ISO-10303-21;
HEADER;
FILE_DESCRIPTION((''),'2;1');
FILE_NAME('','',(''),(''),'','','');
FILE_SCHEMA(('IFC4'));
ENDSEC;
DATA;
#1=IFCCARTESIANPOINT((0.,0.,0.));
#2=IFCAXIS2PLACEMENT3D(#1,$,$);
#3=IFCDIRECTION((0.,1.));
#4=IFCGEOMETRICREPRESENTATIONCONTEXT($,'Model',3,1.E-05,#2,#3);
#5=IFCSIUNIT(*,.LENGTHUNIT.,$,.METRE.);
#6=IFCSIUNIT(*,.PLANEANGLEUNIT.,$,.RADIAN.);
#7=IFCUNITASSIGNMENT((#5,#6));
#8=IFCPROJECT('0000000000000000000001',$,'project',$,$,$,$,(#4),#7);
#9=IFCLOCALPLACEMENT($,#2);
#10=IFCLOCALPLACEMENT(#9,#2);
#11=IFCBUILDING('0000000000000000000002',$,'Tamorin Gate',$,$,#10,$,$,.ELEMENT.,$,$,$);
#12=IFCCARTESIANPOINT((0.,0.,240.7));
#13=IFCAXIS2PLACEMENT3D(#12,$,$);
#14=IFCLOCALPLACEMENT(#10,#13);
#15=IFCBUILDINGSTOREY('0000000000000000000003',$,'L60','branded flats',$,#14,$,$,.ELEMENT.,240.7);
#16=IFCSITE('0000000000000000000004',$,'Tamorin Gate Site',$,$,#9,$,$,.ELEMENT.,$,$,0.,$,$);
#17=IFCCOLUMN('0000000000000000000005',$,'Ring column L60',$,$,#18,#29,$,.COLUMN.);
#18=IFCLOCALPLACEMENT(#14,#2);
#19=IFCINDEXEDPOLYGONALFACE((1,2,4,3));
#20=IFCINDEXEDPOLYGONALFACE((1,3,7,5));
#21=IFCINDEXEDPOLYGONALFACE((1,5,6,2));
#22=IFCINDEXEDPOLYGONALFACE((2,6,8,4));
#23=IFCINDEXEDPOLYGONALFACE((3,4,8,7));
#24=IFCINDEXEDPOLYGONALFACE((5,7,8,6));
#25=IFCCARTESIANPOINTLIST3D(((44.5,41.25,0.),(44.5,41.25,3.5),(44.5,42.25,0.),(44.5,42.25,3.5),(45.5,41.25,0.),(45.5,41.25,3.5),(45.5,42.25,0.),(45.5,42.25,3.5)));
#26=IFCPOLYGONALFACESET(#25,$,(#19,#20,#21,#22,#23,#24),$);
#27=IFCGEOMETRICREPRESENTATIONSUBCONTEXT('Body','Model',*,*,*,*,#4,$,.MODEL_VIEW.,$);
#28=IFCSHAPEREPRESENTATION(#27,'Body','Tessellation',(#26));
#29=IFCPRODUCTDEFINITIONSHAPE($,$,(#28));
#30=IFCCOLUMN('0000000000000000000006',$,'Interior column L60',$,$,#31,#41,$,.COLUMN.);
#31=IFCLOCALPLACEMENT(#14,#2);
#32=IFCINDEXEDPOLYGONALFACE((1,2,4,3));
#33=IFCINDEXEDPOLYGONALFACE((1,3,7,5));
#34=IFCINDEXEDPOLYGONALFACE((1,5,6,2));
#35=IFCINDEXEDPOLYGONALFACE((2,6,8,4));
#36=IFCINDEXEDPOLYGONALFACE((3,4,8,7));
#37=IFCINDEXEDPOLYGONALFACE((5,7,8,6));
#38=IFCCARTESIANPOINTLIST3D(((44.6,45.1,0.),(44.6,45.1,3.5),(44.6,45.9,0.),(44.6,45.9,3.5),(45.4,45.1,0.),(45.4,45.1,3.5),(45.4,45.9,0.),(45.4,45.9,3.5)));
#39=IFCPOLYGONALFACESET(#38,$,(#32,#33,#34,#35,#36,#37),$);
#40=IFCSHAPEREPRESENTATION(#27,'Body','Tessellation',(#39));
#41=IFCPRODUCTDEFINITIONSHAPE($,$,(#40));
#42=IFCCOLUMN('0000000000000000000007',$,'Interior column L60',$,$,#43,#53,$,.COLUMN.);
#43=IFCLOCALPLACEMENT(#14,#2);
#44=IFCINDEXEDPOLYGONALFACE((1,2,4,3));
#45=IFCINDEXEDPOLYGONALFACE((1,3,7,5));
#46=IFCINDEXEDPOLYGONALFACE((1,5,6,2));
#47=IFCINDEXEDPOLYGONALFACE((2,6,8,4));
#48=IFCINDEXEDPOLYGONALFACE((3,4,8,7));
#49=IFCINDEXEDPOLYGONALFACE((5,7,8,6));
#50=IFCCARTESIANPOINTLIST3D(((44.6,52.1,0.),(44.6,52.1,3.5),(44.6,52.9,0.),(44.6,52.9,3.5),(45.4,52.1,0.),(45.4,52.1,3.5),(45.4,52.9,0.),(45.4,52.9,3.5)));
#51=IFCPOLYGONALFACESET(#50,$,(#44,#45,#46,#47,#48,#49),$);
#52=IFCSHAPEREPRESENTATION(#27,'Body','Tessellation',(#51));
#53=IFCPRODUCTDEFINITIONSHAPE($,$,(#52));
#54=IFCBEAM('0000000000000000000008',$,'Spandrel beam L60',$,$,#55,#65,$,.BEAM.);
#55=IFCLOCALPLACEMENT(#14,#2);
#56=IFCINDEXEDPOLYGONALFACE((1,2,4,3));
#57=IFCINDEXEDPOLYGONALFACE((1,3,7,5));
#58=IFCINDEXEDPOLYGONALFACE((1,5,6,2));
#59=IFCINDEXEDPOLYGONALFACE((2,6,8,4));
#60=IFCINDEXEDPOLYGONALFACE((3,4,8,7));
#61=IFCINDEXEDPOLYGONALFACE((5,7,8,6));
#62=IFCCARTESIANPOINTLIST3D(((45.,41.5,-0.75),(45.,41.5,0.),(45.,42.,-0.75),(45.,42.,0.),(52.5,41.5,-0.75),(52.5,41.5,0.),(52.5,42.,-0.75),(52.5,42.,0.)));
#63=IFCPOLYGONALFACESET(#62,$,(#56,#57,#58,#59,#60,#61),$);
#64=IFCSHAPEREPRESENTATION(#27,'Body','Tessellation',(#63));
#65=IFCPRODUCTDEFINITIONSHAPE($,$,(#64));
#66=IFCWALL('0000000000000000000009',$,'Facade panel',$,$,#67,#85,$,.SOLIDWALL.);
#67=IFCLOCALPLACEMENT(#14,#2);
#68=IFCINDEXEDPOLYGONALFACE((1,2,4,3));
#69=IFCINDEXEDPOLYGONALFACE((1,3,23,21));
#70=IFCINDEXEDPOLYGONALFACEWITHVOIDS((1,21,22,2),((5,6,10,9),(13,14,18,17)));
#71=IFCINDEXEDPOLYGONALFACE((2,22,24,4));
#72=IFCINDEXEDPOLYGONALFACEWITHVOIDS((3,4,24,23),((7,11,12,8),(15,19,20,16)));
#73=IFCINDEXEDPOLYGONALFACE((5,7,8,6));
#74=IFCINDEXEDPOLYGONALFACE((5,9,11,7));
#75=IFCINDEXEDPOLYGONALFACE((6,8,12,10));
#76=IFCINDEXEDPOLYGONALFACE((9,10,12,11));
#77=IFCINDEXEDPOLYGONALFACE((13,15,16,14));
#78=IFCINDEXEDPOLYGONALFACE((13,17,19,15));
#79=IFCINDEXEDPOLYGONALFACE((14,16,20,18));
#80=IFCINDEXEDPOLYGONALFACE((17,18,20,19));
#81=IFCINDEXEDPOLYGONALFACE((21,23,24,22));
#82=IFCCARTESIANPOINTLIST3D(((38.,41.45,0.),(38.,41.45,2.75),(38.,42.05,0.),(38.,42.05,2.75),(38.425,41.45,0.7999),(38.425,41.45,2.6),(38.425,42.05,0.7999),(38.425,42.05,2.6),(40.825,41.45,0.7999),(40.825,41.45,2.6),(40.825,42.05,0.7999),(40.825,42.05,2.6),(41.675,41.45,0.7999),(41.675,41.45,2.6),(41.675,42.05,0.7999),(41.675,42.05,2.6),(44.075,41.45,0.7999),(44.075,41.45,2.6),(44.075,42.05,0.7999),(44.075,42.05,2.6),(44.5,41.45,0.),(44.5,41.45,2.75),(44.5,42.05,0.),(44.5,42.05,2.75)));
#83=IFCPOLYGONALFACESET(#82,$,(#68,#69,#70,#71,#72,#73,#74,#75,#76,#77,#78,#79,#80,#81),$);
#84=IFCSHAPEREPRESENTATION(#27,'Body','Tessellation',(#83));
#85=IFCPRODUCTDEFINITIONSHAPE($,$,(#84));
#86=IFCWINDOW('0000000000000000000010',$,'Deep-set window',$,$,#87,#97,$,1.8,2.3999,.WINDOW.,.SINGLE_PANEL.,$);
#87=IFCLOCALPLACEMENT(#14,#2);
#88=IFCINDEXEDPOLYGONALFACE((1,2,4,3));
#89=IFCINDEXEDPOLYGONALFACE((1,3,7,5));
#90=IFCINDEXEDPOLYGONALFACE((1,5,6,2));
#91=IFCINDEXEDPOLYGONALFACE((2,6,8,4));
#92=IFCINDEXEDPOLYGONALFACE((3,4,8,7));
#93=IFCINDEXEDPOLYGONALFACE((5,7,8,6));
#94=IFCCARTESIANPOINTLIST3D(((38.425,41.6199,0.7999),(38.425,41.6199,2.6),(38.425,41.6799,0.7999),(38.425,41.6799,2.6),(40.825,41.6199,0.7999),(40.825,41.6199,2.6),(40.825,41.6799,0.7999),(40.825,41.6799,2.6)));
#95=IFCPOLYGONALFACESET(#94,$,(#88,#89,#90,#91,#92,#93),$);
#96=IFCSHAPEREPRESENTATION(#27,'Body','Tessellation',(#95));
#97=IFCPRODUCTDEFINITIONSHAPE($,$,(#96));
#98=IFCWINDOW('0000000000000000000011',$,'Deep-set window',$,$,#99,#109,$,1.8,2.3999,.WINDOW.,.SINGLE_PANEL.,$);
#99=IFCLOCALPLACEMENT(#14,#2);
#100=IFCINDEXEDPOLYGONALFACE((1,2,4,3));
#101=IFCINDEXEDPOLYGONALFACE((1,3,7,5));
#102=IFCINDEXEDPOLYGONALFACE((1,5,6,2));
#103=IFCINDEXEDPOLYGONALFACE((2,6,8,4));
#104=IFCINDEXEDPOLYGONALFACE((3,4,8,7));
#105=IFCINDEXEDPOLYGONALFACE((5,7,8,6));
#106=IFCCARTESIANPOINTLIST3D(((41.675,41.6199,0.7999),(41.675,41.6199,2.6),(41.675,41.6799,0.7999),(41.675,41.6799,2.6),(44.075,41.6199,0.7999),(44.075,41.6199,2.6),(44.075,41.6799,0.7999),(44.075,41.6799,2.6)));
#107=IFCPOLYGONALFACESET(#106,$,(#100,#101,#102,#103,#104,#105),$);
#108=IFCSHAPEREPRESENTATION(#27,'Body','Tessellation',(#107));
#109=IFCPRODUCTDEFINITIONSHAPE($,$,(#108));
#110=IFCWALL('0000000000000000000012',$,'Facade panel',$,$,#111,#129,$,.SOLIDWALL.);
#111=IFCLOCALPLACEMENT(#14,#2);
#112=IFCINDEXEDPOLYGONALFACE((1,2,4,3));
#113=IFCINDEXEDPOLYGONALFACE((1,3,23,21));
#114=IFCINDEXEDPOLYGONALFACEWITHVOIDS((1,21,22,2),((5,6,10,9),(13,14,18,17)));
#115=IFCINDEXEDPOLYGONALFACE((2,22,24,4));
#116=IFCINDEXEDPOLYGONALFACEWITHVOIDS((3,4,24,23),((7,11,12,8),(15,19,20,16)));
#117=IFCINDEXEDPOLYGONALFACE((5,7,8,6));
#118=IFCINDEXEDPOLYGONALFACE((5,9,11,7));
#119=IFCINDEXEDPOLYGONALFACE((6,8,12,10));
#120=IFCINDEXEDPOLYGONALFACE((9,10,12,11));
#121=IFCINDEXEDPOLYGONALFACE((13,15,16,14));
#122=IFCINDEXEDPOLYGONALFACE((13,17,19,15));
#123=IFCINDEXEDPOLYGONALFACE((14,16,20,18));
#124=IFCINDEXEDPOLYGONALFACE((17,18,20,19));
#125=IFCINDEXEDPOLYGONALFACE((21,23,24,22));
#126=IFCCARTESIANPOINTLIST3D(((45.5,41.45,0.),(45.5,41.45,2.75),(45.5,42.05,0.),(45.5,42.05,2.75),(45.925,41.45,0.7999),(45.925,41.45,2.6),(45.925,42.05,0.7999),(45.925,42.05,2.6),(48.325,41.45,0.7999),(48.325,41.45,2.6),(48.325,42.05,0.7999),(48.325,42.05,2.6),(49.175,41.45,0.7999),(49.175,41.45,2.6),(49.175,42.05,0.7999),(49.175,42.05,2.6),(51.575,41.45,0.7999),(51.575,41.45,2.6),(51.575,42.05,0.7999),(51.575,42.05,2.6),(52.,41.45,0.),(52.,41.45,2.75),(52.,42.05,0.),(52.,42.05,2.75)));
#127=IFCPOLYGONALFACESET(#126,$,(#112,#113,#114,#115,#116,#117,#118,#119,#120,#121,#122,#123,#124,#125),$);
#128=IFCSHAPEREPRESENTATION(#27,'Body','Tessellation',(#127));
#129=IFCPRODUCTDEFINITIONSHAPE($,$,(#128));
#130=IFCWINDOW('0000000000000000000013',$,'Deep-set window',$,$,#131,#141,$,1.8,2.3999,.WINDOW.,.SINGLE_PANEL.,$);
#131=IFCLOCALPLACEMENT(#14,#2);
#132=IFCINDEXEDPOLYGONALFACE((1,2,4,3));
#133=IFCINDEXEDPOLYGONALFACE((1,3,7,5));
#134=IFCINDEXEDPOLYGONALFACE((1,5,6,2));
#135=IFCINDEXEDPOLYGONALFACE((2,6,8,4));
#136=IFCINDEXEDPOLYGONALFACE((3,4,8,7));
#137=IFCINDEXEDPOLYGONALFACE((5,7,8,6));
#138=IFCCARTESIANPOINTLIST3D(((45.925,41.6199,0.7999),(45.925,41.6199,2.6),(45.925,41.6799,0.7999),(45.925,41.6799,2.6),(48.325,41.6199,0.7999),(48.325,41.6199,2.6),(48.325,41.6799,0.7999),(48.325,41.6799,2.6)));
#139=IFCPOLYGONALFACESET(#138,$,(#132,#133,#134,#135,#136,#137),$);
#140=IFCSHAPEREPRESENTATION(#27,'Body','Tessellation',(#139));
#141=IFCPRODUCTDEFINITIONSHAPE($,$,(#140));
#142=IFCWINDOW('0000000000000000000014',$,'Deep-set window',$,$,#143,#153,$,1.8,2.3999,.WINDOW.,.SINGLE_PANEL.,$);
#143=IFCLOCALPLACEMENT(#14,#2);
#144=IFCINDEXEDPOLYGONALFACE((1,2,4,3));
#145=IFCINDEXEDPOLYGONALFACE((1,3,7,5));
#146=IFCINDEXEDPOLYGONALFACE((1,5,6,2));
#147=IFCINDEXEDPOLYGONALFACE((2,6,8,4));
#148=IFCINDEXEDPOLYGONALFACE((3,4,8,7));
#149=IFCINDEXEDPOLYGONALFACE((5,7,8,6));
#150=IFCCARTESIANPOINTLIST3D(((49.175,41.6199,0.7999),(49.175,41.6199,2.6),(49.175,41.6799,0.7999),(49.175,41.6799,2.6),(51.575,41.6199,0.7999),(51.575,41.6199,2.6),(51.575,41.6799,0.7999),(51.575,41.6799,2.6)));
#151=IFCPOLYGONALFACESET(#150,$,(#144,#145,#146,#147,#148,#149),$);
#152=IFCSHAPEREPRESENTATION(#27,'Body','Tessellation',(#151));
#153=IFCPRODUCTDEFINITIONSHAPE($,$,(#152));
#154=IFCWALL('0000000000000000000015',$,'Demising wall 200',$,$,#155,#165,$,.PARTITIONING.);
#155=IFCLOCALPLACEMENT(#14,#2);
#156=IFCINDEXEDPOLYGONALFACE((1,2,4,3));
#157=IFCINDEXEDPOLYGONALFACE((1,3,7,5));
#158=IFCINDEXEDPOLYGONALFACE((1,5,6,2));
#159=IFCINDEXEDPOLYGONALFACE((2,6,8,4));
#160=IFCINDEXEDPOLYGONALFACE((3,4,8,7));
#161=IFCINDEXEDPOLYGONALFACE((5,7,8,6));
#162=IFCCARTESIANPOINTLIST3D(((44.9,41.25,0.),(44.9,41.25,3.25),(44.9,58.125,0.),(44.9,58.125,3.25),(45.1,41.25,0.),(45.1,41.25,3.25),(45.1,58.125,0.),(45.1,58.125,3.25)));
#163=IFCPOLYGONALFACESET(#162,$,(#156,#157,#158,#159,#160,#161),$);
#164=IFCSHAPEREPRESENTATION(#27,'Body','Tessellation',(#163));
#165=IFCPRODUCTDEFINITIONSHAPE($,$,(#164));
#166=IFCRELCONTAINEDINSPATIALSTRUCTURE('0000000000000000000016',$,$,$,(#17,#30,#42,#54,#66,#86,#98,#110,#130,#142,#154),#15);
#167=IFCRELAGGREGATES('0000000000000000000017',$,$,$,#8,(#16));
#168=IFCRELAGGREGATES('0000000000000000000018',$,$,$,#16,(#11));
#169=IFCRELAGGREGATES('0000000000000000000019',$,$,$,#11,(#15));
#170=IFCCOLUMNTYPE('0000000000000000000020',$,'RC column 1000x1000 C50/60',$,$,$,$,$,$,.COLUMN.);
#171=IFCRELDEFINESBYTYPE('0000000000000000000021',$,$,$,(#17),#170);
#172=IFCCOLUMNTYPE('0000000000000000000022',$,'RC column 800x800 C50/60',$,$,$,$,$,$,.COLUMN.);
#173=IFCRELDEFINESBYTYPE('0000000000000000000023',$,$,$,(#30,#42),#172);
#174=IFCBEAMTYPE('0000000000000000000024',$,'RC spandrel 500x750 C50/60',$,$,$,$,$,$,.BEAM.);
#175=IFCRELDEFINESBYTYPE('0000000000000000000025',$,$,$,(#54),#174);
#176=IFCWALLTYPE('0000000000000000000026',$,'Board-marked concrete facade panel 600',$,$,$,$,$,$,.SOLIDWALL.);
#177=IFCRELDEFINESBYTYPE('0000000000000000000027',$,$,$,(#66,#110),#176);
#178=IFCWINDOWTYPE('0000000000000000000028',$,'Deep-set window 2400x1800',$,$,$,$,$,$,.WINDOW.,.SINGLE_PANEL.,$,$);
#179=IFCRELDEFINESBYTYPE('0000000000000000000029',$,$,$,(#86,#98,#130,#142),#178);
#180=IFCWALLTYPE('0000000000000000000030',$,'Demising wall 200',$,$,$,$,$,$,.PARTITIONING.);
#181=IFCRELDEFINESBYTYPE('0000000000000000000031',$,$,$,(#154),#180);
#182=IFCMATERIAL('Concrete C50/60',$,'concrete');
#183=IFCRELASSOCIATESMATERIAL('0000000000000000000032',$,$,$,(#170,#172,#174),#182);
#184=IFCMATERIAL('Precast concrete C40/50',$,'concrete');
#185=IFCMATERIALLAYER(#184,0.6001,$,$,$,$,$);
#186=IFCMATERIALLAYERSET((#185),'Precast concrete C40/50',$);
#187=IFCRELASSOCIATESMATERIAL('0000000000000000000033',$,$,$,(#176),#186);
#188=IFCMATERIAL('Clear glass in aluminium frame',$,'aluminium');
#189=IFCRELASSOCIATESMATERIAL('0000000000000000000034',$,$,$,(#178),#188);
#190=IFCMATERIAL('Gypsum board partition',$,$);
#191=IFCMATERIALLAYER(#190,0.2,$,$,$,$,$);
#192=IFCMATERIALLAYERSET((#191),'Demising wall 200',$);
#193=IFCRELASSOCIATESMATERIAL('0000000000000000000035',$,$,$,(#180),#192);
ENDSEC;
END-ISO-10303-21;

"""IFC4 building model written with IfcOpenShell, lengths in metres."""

from ifc_helpers import new_model, si_unit, direction, frame, frame_2d, origin, origin_2d, place, context, subcontext, project, spatial, rectangle, extrude, material, layer, layer_set, material_profile, profile_set, type_object, element, fill, save


model = new_model("IFC4")

# Units and contexts
model_context = context("Model", 3, precision=1e-05, world=origin(), true_north=direction((0.0, 1.0)))
body_context = subcontext(model_context, "Body", "Model", "MODEL_VIEW")
ifc_project = project(units=[si_unit("LENGTHUNIT", "METRE"), si_unit("PLANEANGLEUNIT", "RADIAN")], contexts=[model_context])

# Site, building, storey
site_placement = place(None, origin())
site = spatial("IfcSite", under=ifc_project, at=site_placement, Name="Tamorin Gate Site", CompositionType="ELEMENT", RefElevation=0.0)
building_placement = place(site_placement, origin())
building = spatial("IfcBuilding", under=site, at=building_placement, Name="Tamorin Gate", CompositionType="ELEMENT")
storey_placement = place(building_placement, frame((0.0, 0.0, 240.7)))
storey = spatial("IfcBuildingStorey", under=building, at=storey_placement, Name="L60", Description="branded flats", CompositionType="ELEMENT", Elevation=240.7)

# Columns
ifc_material_1 = material(Name="Concrete C50/60", Category="concrete")
ifc_material_profile_1 = material_profile(ifc_material_1, rectangle(XDim=1.0, YDim=1.0, at=origin_2d()), Name="RC 1000x1000")
ifc_profile_set_1 = profile_set([ifc_material_profile_1], Name="Concrete C50/60")
column_type_1 = type_object("IfcColumnType", Name="RC column 1000x1000 C50/60", PredefinedType="COLUMN", material=ifc_profile_set_1)
column_placement = place(storey_placement, frame((45.0, 41.75, 0.0), z_axis=(0.0, 0.0, 1.0), x_axis=(1.0, 0.0, 0.0)))
element("IfcColumn", 1, at=column_placement, inside=storey, type_object=column_type_1, Name="Ring column L60", PredefinedType="COLUMN", context=body_context, shape_type="SweptSolid", body=[
    extrude(rectangle(XDim=1.0, YDim=1.0, at=origin_2d()), origin(), (0.0, 0.0, 1.0), 3.5),
])
ifc_material_profile_2 = material_profile(ifc_material_1, rectangle(XDim=0.8, YDim=0.8, at=origin_2d()), Name="RC 800x800")
ifc_profile_set_2 = profile_set([ifc_material_profile_2], Name="Concrete C50/60")
column_type_2 = type_object("IfcColumnType", Name="RC column 800x800 C50/60", PredefinedType="COLUMN", material=ifc_profile_set_2)
for number, where, z_axis, x_axis, name in (
    (2, (45.0, 45.5, 0.0), (0.0, 0.0, 1.0), (1.0, 0.0, 0.0), "Interior column L60"),
    (3, (45.0, 52.5, 0.0), (0.0, 0.0, 1.0), (1.0, 0.0, 0.0), "Interior column L60"),
):
    element("IfcColumn", number, at=place(storey_placement, frame(where, z_axis=z_axis, x_axis=x_axis)), inside=storey, type_object=column_type_2, Name=name, PredefinedType="COLUMN", context=body_context, shape_type="SweptSolid", body=[
        extrude(rectangle(XDim=0.8, YDim=0.8, at=origin_2d()), origin(), (0.0, 0.0, 1.0), 3.5),
    ])

# Beam
ifc_material_profile_3 = material_profile(ifc_material_1, rectangle(XDim=0.5, YDim=0.75, at=origin_2d()), Name="RC 500x750")
ifc_profile_set_3 = profile_set([ifc_material_profile_3], Name="Concrete C50/60")
beam_type = type_object("IfcBeamType", Name="RC spandrel 500x750 C50/60", PredefinedType="BEAM", material=ifc_profile_set_3)
beam_placement = place(storey_placement, frame((45.0, 41.75, -0.375), z_axis=(1.0, 0.0, 0.0), x_axis=(0.0, 1.0, 0.0)))
element("IfcBeam", 4, at=beam_placement, inside=storey, type_object=beam_type, Name="Spandrel beam L60", PredefinedType="BEAM", context=body_context, shape_type="SweptSolid", body=[
    extrude(rectangle(XDim=0.5, YDim=0.75, at=origin_2d()), origin(), (0.0, 0.0, 1.0), 7.5),
])

# Walls, openings, windows
ifc_material_2 = material(Name="Precast concrete C40/50", Category="concrete")
ifc_layer_1 = layer(ifc_material_2, 0.6001)
ifc_layer_set_1 = layer_set([ifc_layer_1], Name="Precast concrete C40/50")
wall_type_1 = type_object("IfcWallType", Name="Board-marked concrete facade panel 600", PredefinedType="SOLIDWALL", material=ifc_layer_set_1)
wall_1_placement = place(storey_placement, frame((38.0, 41.75, 0.0), z_axis=(0.0, 0.0, 1.0), x_axis=(1.0, 0.0, 0.0)))
wall_1 = element("IfcWall", 5, at=wall_1_placement, inside=storey, type_object=wall_type_1, Name="Facade panel", PredefinedType="SOLIDWALL", context=body_context, shape_type="SweptSolid", body=[
    extrude(rectangle(XDim=6.5, YDim=0.6001, at=frame_2d((3.25, 0.0))), origin(), (0.0, 0.0, 1.0), 2.75),
])
opening_1_placement = place(wall_1_placement, frame((0.425, 0.0, 0.8)))
opening_1 = element("IfcOpeningElement", 6, at=opening_1_placement, cuts=wall_1, PredefinedType="OPENING", context=body_context, shape_type="SweptSolid", body=[
    extrude(rectangle(XDim=2.3999, YDim=1.8, at=frame_2d((1.2, 0.8999))), frame((0.0, 0.3101, 0.0), z_axis=(0.0, -1.0, 0.0), x_axis=(1.0, 0.0, 0.0)), (0.0, 0.0, 1.0), 0.6201),
])
opening_2_placement = place(wall_1_placement, frame((3.675, 0.0, 0.8)))
opening_2 = element("IfcOpeningElement", 7, at=opening_2_placement, cuts=wall_1, PredefinedType="OPENING", context=body_context, shape_type="SweptSolid", body=[
    extrude(rectangle(XDim=2.3999, YDim=1.8, at=frame_2d((1.2, 0.8999))), frame((0.0, 0.3101, 0.0), z_axis=(0.0, -1.0, 0.0), x_axis=(1.0, 0.0, 0.0)), (0.0, 0.0, 1.0), 0.6201),
])
ifc_material_3 = material(Name="Clear glass in aluminium frame", Category="aluminium")
window_type = type_object("IfcWindowType", Name="Deep-set window 2400x1800", PartitioningType="SINGLE_PANEL", PredefinedType="WINDOW", material=ifc_material_3)
window_1_placement = place(opening_1_placement, origin())
window_1 = element("IfcWindow", 8, at=window_1_placement, inside=storey, type_object=window_type, Name="Deep-set window", OverallHeight=1.8, OverallWidth=2.3999, PartitioningType="SINGLE_PANEL", PredefinedType="WINDOW", context=body_context, shape_type="SweptSolid", body=[
    extrude(rectangle(XDim=2.3999, YDim=1.8, at=frame_2d((1.2, 0.8999))), frame((0.0, -0.0701, 0.0), z_axis=(0.0, -1.0, 0.0), x_axis=(1.0, 0.0, 0.0)), (0.0, 0.0, 1.0), 0.0601),
])
fill(opening_1, window_1)
window_2_placement = place(opening_2_placement, origin())
window_2 = element("IfcWindow", 9, at=window_2_placement, inside=storey, type_object=window_type, Name="Deep-set window", OverallHeight=1.8, OverallWidth=2.3999, PartitioningType="SINGLE_PANEL", PredefinedType="WINDOW", context=body_context, shape_type="SweptSolid", body=[
    extrude(rectangle(XDim=2.3999, YDim=1.8, at=frame_2d((1.2, 0.8999))), frame((0.0, -0.0701, 0.0), z_axis=(0.0, -1.0, 0.0), x_axis=(1.0, 0.0, 0.0)), (0.0, 0.0, 1.0), 0.0601),
])
fill(opening_2, window_2)
wall_2_placement = place(storey_placement, frame((45.5, 41.75, 0.0), z_axis=(0.0, 0.0, 1.0), x_axis=(1.0, 0.0, 0.0)))
wall_2 = element("IfcWall", 10, at=wall_2_placement, inside=storey, type_object=wall_type_1, Name="Facade panel", PredefinedType="SOLIDWALL", context=body_context, shape_type="SweptSolid", body=[
    extrude(rectangle(XDim=6.5, YDim=0.6001, at=frame_2d((3.25, 0.0))), origin(), (0.0, 0.0, 1.0), 2.75),
])
opening_3_placement = place(wall_2_placement, frame((0.425, 0.0, 0.8)))
opening_3 = element("IfcOpeningElement", 11, at=opening_3_placement, cuts=wall_2, PredefinedType="OPENING", context=body_context, shape_type="SweptSolid", body=[
    extrude(rectangle(XDim=2.3999, YDim=1.8, at=frame_2d((1.2, 0.8999))), frame((0.0, 0.3101, 0.0), z_axis=(0.0, -1.0, 0.0), x_axis=(1.0, 0.0, 0.0)), (0.0, 0.0, 1.0), 0.6201),
])
opening_4_placement = place(wall_2_placement, frame((3.675, 0.0, 0.8)))
opening_4 = element("IfcOpeningElement", 12, at=opening_4_placement, cuts=wall_2, PredefinedType="OPENING", context=body_context, shape_type="SweptSolid", body=[
    extrude(rectangle(XDim=2.3999, YDim=1.8, at=frame_2d((1.2, 0.8999))), frame((0.0, 0.3101, 0.0), z_axis=(0.0, -1.0, 0.0), x_axis=(1.0, 0.0, 0.0)), (0.0, 0.0, 1.0), 0.6201),
])
window_3_placement = place(opening_3_placement, origin())
window_3 = element("IfcWindow", 13, at=window_3_placement, inside=storey, type_object=window_type, Name="Deep-set window", OverallHeight=1.8, OverallWidth=2.3999, PartitioningType="SINGLE_PANEL", PredefinedType="WINDOW", context=body_context, shape_type="SweptSolid", body=[
    extrude(rectangle(XDim=2.3999, YDim=1.8, at=frame_2d((1.2, 0.8999))), frame((0.0, -0.0701, 0.0), z_axis=(0.0, -1.0, 0.0), x_axis=(1.0, 0.0, 0.0)), (0.0, 0.0, 1.0), 0.0601),
])
fill(opening_3, window_3)
window_4_placement = place(opening_4_placement, origin())
window_4 = element("IfcWindow", 14, at=window_4_placement, inside=storey, type_object=window_type, Name="Deep-set window", OverallHeight=1.8, OverallWidth=2.3999, PartitioningType="SINGLE_PANEL", PredefinedType="WINDOW", context=body_context, shape_type="SweptSolid", body=[
    extrude(rectangle(XDim=2.3999, YDim=1.8, at=frame_2d((1.2, 0.8999))), frame((0.0, -0.0701, 0.0), z_axis=(0.0, -1.0, 0.0), x_axis=(1.0, 0.0, 0.0)), (0.0, 0.0, 1.0), 0.0601),
])
fill(opening_4, window_4)

# Wall
ifc_material_4 = material(Name="Gypsum board partition")
ifc_layer_2 = layer(ifc_material_4, 0.2)
ifc_layer_set_2 = layer_set([ifc_layer_2], Name="Demising wall 200")
wall_type_2 = type_object("IfcWallType", Name="Demising wall 200", PredefinedType="PARTITIONING", material=ifc_layer_set_2)
wall_3_placement = place(storey_placement, frame((45.0, 41.25, 0.0), z_axis=(0.0, 0.0, 1.0), x_axis=(0.0, 1.0, 0.0)))
element("IfcWall", 15, at=wall_3_placement, inside=storey, type_object=wall_type_2, Name="Demising wall 200", PredefinedType="PARTITIONING", context=body_context, shape_type="SweptSolid", body=[
    extrude(rectangle(XDim=16.875, YDim=0.2, at=frame_2d((8.4375, 0.0))), origin(), (0.0, 0.0, 1.0), 3.25),
])

save(model, "model.ifc")
